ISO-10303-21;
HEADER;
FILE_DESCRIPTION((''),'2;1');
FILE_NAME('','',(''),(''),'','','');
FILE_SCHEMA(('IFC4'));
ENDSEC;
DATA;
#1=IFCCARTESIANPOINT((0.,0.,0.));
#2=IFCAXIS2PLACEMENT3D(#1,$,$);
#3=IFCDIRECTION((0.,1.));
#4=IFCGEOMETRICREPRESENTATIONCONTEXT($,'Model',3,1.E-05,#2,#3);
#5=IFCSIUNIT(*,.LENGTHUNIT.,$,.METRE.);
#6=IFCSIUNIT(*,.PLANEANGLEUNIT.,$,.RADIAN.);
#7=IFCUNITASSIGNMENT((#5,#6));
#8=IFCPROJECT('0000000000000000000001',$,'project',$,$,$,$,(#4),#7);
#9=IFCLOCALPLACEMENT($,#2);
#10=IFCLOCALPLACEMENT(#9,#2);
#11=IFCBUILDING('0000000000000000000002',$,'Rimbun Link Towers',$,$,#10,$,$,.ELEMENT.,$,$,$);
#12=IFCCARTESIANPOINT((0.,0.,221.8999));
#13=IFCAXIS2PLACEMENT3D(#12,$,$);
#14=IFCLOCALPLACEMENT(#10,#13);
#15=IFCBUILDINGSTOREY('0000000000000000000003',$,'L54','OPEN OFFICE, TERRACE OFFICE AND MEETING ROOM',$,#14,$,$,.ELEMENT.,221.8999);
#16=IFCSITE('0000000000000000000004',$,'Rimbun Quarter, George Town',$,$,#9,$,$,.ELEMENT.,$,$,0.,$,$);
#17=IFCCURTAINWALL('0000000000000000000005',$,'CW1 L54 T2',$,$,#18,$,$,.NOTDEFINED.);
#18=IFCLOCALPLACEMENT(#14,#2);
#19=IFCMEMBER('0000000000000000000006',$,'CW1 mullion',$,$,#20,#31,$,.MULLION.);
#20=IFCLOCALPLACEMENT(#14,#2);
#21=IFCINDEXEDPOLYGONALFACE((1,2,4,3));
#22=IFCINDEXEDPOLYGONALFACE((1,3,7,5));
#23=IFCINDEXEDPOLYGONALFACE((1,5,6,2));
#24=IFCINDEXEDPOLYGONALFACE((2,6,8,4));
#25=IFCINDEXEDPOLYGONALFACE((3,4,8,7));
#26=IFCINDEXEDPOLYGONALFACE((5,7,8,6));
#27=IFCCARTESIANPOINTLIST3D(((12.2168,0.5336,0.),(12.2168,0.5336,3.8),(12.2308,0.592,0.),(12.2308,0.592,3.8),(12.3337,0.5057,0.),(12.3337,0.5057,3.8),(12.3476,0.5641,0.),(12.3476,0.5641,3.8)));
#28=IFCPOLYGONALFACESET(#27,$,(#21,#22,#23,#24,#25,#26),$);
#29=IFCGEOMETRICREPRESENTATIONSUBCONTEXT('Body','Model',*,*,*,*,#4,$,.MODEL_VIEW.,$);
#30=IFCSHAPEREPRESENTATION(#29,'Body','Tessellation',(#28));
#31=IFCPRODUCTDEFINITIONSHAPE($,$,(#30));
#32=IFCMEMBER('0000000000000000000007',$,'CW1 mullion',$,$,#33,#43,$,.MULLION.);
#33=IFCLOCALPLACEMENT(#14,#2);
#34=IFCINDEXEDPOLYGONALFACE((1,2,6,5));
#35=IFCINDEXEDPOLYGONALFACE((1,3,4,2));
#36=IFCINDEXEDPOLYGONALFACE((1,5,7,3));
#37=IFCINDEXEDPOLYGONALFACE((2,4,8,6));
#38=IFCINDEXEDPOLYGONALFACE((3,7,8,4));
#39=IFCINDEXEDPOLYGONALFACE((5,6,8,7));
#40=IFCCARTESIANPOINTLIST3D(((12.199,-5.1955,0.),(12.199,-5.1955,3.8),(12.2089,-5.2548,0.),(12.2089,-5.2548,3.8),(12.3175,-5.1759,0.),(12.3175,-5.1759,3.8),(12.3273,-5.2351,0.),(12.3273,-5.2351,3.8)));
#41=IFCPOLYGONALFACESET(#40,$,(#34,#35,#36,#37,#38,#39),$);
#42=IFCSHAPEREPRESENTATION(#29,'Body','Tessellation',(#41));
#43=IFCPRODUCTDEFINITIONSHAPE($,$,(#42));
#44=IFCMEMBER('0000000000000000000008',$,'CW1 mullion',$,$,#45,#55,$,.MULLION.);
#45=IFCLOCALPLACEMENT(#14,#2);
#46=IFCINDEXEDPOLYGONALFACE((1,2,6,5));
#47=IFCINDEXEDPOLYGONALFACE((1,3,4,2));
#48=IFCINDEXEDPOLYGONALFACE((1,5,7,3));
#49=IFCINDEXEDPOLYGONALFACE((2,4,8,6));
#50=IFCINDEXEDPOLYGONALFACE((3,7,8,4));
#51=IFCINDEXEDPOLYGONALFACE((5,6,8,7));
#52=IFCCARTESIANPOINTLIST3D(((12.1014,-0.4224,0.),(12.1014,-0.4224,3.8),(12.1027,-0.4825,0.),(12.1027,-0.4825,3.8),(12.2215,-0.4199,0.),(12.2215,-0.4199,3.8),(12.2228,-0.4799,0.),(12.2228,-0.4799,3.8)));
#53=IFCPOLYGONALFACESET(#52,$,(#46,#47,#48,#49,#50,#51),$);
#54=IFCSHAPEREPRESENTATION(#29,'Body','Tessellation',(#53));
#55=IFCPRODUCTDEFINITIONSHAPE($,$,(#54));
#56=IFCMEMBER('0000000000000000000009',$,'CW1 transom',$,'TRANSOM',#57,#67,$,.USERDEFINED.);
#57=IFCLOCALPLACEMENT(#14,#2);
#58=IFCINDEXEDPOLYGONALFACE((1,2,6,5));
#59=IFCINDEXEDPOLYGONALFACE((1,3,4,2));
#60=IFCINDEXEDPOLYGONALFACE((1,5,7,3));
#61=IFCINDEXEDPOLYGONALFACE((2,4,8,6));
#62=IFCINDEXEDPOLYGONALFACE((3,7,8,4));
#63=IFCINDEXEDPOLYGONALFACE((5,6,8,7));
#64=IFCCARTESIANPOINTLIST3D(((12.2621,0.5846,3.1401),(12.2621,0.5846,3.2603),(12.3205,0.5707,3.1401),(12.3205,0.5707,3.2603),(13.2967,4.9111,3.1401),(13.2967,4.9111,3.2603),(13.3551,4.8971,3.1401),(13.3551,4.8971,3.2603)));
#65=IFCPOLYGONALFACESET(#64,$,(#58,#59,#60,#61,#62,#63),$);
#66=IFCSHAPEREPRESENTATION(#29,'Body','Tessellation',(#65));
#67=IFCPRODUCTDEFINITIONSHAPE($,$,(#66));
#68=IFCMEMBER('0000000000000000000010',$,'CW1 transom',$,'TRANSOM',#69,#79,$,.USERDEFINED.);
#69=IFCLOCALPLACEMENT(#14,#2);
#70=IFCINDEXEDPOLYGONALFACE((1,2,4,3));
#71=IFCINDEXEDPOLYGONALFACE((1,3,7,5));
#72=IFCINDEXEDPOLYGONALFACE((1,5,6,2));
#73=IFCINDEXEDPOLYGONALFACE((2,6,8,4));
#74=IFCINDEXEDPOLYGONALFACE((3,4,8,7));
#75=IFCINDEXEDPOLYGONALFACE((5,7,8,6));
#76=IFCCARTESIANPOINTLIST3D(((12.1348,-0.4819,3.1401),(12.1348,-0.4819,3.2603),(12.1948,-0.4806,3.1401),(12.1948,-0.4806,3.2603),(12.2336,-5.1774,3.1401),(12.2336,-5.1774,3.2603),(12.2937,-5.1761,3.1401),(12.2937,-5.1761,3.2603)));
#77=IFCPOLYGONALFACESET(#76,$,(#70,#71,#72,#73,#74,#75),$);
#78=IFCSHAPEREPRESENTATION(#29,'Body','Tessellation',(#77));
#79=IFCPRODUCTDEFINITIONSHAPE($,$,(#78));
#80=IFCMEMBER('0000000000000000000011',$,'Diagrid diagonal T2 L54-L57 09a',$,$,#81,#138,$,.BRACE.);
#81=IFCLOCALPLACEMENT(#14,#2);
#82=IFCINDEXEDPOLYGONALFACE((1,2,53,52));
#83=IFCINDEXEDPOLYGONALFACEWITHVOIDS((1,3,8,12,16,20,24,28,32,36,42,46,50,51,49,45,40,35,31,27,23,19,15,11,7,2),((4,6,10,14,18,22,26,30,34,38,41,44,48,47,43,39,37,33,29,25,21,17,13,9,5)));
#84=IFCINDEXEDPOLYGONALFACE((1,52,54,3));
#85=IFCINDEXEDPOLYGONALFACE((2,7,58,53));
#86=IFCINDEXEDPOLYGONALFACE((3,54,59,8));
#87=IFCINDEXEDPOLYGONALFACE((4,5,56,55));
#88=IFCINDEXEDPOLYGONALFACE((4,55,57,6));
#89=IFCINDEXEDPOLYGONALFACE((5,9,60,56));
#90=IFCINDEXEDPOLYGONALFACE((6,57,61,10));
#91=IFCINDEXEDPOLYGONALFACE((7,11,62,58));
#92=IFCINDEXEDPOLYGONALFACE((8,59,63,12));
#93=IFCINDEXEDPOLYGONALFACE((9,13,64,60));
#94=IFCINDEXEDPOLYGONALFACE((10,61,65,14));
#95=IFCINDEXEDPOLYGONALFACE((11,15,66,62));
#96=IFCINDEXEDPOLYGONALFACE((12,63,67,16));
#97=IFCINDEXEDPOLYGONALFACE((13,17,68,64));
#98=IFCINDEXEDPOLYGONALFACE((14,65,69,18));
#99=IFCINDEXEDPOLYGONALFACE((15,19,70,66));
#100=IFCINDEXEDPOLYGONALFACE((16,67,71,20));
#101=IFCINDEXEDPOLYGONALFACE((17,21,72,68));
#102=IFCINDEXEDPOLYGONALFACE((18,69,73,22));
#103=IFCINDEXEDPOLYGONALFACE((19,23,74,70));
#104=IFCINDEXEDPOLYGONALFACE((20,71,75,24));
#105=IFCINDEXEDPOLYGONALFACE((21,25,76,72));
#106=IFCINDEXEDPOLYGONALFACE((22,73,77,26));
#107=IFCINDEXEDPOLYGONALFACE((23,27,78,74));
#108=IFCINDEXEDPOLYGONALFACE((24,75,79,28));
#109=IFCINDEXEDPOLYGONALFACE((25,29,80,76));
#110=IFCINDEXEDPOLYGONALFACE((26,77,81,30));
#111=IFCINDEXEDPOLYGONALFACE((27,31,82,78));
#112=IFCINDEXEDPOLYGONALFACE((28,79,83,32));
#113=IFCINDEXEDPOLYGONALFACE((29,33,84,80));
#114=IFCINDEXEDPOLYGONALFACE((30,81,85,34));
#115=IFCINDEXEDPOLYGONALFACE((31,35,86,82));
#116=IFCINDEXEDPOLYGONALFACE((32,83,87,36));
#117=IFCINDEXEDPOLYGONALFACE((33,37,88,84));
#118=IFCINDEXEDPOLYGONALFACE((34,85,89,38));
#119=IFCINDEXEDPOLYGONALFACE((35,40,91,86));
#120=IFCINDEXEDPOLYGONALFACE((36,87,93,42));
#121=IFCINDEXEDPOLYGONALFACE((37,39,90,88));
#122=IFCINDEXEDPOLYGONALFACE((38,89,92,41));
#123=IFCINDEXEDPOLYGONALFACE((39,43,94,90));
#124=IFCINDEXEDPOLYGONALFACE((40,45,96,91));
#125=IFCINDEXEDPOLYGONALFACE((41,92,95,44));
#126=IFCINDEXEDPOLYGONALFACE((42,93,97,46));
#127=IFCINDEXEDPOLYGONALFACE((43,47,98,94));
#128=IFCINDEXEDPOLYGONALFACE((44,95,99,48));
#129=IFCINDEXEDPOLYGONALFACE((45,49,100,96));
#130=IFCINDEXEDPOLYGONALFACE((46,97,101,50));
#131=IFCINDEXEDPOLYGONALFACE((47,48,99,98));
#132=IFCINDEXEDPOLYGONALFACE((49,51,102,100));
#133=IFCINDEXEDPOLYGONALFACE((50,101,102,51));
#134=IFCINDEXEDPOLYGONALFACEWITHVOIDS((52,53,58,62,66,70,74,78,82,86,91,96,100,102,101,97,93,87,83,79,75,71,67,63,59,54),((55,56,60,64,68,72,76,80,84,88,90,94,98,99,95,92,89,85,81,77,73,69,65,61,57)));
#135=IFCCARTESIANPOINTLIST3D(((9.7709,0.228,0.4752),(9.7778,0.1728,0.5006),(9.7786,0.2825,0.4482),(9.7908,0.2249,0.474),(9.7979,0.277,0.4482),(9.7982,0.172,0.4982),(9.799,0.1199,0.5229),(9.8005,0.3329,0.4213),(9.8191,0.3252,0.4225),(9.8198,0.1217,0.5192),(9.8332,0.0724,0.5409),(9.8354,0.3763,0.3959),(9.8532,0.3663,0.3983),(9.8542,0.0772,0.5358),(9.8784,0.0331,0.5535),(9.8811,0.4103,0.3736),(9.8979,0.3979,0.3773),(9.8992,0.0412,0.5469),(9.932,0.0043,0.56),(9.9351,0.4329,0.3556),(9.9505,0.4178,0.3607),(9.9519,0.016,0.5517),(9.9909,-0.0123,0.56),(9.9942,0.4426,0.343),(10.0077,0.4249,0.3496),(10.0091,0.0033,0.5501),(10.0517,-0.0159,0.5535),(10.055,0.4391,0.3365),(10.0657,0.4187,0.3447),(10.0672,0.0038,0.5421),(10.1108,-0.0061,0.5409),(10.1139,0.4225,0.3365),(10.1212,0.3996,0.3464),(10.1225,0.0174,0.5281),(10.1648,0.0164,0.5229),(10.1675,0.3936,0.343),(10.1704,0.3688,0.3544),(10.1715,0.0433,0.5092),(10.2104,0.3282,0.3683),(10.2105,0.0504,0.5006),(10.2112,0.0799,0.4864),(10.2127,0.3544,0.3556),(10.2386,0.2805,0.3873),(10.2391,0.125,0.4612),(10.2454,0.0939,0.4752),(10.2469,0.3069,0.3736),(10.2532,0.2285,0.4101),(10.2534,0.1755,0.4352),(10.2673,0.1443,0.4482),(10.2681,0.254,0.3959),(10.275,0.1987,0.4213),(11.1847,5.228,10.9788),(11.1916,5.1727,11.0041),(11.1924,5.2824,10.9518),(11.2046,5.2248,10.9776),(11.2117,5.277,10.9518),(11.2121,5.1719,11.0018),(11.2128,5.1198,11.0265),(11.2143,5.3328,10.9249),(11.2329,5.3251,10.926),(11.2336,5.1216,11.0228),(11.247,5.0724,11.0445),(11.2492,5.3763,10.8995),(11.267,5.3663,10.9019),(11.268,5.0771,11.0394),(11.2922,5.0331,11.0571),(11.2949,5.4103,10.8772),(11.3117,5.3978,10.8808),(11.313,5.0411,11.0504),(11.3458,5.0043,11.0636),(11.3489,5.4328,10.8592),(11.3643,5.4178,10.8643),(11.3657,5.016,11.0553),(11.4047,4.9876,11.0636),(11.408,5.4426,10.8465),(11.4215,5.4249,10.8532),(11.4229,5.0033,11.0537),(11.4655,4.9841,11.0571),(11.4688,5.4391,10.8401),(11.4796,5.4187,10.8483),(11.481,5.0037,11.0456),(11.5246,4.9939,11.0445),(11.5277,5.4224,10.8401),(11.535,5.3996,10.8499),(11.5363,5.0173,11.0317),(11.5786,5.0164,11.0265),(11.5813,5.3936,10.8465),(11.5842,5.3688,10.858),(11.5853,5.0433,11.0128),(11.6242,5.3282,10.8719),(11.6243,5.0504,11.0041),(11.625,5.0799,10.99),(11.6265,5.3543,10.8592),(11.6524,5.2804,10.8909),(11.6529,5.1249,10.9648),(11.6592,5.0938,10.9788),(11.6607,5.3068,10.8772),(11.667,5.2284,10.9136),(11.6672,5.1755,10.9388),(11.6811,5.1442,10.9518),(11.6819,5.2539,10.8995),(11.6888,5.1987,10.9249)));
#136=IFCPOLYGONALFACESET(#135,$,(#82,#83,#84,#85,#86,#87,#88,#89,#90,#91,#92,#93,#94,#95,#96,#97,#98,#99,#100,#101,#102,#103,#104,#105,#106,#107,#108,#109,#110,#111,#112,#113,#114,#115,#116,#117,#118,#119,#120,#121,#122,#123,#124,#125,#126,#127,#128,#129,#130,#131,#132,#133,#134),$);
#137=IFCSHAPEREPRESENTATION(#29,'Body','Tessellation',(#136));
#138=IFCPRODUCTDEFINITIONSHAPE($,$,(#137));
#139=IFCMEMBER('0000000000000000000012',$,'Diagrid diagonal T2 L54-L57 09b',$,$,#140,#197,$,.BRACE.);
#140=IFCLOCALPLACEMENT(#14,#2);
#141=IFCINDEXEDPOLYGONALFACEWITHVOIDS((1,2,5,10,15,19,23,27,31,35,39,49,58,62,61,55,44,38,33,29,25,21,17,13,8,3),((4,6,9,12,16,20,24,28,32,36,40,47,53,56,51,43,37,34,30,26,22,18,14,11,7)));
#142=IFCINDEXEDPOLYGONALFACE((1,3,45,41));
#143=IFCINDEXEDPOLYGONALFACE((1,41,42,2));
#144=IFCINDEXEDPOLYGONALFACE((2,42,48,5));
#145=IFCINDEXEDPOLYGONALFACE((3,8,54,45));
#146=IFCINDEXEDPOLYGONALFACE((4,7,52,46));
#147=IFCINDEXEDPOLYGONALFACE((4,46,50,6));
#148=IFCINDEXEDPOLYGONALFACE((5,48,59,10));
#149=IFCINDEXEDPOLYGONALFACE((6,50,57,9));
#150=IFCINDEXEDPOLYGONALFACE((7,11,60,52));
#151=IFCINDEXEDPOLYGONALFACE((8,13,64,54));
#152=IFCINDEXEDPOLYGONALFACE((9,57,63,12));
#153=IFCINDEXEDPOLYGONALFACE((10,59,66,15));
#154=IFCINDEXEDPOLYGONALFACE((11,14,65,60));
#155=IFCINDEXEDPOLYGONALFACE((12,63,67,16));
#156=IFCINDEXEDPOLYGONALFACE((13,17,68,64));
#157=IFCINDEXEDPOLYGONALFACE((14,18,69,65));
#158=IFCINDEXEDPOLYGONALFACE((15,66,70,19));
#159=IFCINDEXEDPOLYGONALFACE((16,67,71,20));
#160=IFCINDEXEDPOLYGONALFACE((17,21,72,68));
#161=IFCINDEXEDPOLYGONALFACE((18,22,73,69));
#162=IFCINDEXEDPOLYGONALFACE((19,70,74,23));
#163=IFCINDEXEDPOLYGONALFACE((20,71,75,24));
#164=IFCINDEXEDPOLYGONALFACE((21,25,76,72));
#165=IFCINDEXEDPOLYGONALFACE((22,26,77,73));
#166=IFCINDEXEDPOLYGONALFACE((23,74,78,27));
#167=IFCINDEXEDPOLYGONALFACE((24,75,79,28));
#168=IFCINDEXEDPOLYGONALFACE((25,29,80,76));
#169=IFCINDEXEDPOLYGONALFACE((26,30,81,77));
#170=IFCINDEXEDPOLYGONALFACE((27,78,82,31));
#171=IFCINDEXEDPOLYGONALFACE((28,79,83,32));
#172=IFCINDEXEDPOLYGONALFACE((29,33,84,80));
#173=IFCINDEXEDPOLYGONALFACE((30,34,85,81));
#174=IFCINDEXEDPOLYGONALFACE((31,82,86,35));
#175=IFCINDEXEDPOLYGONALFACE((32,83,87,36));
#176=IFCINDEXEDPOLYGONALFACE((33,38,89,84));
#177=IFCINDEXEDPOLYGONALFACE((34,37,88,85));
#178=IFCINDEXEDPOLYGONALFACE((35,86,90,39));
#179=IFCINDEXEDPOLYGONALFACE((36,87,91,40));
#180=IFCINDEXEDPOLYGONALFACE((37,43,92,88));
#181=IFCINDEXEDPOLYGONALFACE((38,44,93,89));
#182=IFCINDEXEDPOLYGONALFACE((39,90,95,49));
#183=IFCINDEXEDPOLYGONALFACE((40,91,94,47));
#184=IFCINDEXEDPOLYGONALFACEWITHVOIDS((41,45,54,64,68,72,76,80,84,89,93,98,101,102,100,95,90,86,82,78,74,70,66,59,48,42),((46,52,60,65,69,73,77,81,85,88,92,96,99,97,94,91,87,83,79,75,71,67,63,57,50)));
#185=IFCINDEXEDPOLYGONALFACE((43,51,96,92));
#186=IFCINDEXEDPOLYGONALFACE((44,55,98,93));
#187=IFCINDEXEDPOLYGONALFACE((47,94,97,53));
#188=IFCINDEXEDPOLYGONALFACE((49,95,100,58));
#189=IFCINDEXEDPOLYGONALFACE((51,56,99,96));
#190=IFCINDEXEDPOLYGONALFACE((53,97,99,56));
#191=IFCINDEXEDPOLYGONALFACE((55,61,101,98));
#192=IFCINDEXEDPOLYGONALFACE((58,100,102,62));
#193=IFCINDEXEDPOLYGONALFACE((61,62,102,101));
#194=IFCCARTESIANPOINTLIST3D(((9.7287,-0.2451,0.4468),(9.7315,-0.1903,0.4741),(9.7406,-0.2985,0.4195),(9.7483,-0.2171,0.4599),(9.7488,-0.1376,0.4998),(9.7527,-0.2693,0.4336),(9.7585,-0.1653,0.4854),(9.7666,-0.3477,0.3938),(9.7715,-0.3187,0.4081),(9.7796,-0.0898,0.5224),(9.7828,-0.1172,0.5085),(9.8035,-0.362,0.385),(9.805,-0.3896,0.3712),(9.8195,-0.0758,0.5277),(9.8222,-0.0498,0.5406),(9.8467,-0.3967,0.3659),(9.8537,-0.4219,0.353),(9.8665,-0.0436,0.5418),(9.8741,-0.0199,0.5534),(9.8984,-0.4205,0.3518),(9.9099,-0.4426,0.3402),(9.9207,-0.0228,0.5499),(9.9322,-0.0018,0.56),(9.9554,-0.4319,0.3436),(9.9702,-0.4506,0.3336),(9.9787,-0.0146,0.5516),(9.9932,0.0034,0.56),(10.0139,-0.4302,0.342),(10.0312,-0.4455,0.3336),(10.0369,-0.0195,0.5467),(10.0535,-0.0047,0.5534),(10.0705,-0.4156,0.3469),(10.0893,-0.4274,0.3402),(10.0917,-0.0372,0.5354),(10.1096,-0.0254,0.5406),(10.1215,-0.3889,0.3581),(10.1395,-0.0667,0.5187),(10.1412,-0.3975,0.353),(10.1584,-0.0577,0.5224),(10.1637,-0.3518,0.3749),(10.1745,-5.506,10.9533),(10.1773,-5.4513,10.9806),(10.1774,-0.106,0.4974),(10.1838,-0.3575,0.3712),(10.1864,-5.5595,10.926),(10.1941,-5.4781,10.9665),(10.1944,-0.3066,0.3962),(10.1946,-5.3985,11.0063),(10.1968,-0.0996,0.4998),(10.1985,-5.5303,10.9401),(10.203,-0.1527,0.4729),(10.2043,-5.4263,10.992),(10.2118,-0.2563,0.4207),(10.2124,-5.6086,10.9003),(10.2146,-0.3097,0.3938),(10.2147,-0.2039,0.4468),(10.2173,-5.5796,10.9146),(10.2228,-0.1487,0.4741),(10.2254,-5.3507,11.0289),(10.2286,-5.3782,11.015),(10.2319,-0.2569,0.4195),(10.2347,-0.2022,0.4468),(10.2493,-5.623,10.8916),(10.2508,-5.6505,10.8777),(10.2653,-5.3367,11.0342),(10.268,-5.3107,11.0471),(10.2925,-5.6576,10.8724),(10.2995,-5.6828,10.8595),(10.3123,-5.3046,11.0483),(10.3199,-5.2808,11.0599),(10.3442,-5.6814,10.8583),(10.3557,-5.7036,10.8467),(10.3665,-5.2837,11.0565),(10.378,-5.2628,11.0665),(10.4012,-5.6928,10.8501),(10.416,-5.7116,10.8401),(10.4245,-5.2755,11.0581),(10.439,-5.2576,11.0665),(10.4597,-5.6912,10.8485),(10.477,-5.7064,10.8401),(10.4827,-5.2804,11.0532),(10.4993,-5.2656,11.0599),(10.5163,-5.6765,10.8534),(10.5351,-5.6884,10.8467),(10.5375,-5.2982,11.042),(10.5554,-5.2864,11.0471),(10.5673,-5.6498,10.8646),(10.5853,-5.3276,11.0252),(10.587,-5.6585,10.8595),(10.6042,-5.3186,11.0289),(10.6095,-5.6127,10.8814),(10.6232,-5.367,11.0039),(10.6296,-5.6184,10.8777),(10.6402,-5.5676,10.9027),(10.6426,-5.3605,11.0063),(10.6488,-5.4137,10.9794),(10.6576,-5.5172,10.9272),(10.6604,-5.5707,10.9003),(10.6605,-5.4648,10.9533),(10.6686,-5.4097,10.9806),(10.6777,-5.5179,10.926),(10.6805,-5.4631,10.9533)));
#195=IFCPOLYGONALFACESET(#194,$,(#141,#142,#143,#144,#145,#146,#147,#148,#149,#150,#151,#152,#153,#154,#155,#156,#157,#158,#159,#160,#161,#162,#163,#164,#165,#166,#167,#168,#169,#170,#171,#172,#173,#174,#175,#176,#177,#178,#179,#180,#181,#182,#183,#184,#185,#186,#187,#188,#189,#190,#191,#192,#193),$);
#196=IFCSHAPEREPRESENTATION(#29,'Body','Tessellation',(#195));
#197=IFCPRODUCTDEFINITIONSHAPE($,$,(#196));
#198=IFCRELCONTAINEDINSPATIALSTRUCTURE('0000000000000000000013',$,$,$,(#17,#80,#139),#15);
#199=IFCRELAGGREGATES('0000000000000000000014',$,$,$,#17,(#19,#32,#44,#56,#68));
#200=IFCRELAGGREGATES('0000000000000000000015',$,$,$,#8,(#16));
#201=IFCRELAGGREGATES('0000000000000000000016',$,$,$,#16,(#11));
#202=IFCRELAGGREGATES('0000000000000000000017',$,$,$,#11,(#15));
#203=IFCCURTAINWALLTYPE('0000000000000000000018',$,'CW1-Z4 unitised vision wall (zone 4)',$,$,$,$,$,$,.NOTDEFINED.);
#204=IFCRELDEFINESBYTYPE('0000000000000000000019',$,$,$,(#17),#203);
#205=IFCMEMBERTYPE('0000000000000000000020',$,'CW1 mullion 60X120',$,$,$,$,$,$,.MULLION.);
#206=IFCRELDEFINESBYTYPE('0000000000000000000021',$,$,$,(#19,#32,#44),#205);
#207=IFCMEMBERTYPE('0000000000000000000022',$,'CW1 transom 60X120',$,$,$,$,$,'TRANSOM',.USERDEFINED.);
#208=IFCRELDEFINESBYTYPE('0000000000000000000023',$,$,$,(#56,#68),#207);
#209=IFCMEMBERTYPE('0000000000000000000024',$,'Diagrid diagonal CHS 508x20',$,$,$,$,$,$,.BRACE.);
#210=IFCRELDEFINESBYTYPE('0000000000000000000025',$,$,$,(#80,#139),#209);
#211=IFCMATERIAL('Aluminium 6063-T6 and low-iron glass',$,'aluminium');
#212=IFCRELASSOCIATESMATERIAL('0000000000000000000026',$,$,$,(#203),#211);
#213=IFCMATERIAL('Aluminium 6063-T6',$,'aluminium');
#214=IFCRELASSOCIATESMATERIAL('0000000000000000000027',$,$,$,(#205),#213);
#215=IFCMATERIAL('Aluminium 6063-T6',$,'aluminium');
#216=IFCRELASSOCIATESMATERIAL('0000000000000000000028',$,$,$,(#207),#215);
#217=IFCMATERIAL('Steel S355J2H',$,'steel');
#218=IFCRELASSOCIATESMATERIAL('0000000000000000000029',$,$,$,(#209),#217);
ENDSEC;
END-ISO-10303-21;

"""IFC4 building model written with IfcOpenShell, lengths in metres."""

from ifc_helpers import new_model, si_unit, direction, frame, origin, origin_2d, place, context, subcontext, project, spatial, rectangle, hollow_circle, extrude, material, material_profile, profile_set, type_object, element, aggregate, save


model = new_model("IFC4")

# Units and contexts
model_context = context("Model", 3, precision=1e-05, world=origin(), true_north=direction((0.0, 1.0)))
body_context = subcontext(model_context, "Body", "Model", "MODEL_VIEW")
ifc_project = project(units=[si_unit("LENGTHUNIT", "METRE"), si_unit("PLANEANGLEUNIT", "RADIAN")], contexts=[model_context])

# Site, building, storey
site_placement = place(None, origin())
site = spatial("IfcSite", under=ifc_project, at=site_placement, Name="Rimbun Quarter, George Town", CompositionType="ELEMENT", RefElevation=0.0)
building_placement = place(site_placement, origin())
building = spatial("IfcBuilding", under=site, at=building_placement, Name="Rimbun Link Towers", CompositionType="ELEMENT")
storey_placement = place(building_placement, frame((0.0, 0.0, 221.8999)))
storey = spatial("IfcBuildingStorey", under=building, at=storey_placement, Name="L54", Description="OPEN OFFICE, TERRACE OFFICE AND MEETING ROOM", CompositionType="ELEMENT", Elevation=221.8999)

# Curtain wall, members
ifc_material_1 = material(Name="Aluminium 6063-T6 and low-iron glass", Category="aluminium")
curtain_wall_type = type_object("IfcCurtainWallType", Name="CW1-Z4 unitised vision wall (zone 4)", PredefinedType="NOTDEFINED", material=ifc_material_1)
curtain_wall_placement = place(storey_placement, origin())
curtain_wall = element("IfcCurtainWall", 1, at=curtain_wall_placement, inside=storey, type_object=curtain_wall_type, Name="CW1 L54 T2", PredefinedType="NOTDEFINED")
ifc_material_2 = material(Name="Aluminium 6063-T6", Category="aluminium")
ifc_material_profile_1 = material_profile(ifc_material_2, rectangle(XDim=0.1201, YDim=0.0601, at=origin_2d()), Name="MULLION 60X120")
ifc_profile_set_1 = profile_set([ifc_material_profile_1], Name="Aluminium 6063-T6")
member_type_1 = type_object("IfcMemberType", Name="CW1 mullion 60X120", PredefinedType="MULLION", material=ifc_profile_set_1)
member_1_placement = place(storey_placement, frame((12.2822, 0.5488, 0.0), z_axis=(0.0, 0.0, 1.0), x_axis=(-0.972572, 0.232601, 0.0)))
member_1 = element("IfcMember", 2, at=member_1_placement, type_object=member_type_1, Name="CW1 mullion", PredefinedType="MULLION", context=body_context, shape_type="SweptSolid", body=[
    extrude(rectangle(XDim=0.1201, YDim=0.0601, at=origin_2d()), origin(), (0.0, 0.0, 1.0), 3.8),
])
member_2_placement = place(storey_placement, frame((12.2632, -5.2153, 0.0), z_axis=(0.0, 0.0, 1.0), x_axis=(-0.986503, -0.163742, 0.0)))
member_2 = element("IfcMember", 3, at=member_2_placement, type_object=member_type_1, Name="CW1 mullion", PredefinedType="MULLION", context=body_context, shape_type="SweptSolid", body=[
    extrude(rectangle(XDim=0.1201, YDim=0.0601, at=origin_2d()), origin(), (0.0, 0.0, 1.0), 3.8),
])
member_3_placement = place(storey_placement, frame((12.1621, -0.4512, 0.0), z_axis=(0.0, 0.0, 1.0), x_axis=(-0.999778, -0.021069, 0.0)))
member_3 = element("IfcMember", 4, at=member_3_placement, type_object=member_type_1, Name="CW1 mullion", PredefinedType="MULLION", context=body_context, shape_type="SweptSolid", body=[
    extrude(rectangle(XDim=0.1201, YDim=0.0601, at=origin_2d()), origin(), (0.0, 0.0, 1.0), 3.8),
])
ifc_material_3 = material(Name="Aluminium 6063-T6", Category="aluminium")
ifc_material_profile_2 = material_profile(ifc_material_3, rectangle(XDim=0.0601, YDim=0.1201, at=origin_2d()), Name="TRANSOM 60X120")
ifc_profile_set_2 = profile_set([ifc_material_profile_2], Name="Aluminium 6063-T6")
member_type_2 = type_object("IfcMemberType", Name="CW1 transom 60X120", ElementType="TRANSOM", PredefinedType="USERDEFINED", material=ifc_profile_set_2)
member_4_placement = place(storey_placement, frame((12.2913, 0.5776, 3.2002), z_axis=(0.232592, 0.972574, 0.0), x_axis=(-0.972574, 0.232592, 0.0)))
member_4 = element("IfcMember", 5, at=member_4_placement, type_object=member_type_2, Name="CW1 transom", ObjectType="TRANSOM", PredefinedType="USERDEFINED", context=body_context, shape_type="SweptSolid", body=[
    extrude(rectangle(XDim=0.0601, YDim=0.1201, at=origin_2d()), origin(), (0.0, 0.0, 1.0), 4.4485),
])
member_5_placement = place(storey_placement, frame((12.2637, -5.1768, 3.2002), z_axis=(-0.021053, 0.999778, 0.0), x_axis=(-0.999778, -0.021053, 0.0)))
member_5 = element("IfcMember", 6, at=member_5_placement, type_object=member_type_2, Name="CW1 transom", ObjectType="TRANSOM", PredefinedType="USERDEFINED", context=body_context, shape_type="SweptSolid", body=[
    extrude(rectangle(XDim=0.0601, YDim=0.1201, at=origin_2d()), origin(), (0.0, 0.0, 1.0), 4.6965),
])

# Members
ifc_material_4 = material(Name="Steel S355J2H", Category="steel")
ifc_material_profile_3 = material_profile(ifc_material_4, hollow_circle(Radius=0.2539, WallThickness=0.02, at=origin_2d()), Name="Diagrid diagonal CHS 508x20")
ifc_profile_set_3 = profile_set([ifc_material_profile_3], Name="Steel S355J2H")
member_type_3 = type_object("IfcMemberType", Name="Diagrid diagonal CHS 508x20", PredefinedType="BRACE", material=ifc_profile_set_3)
member_6_placement = place(storey_placement, frame((10.0229, 0.2134, 0.4482), z_axis=(0.120647, 0.426672, 0.896323), x_axis=(-0.96227, 0.272095, 0.0)))
element("IfcMember", 7, at=member_6_placement, inside=storey, type_object=member_type_3, Name="Diagrid diagonal T2 L54-L57 09a", PredefinedType="BRACE", context=body_context, shape_type="SweptSolid", body=[
    extrude(hollow_circle(Radius=0.2539, WallThickness=0.02, at=origin_2d()), origin(), (0.0, 0.0, 1.0), 11.7185),
])
member_7_placement = place(storey_placement, frame((9.9817, -0.2236, 0.4468), z_axis=(0.037913, -0.447415, 0.893522), x_axis=(0.996429, 0.084435, 0.0)))
element("IfcMember", 8, at=member_7_placement, inside=storey, type_object=member_type_3, Name="Diagrid diagonal T2 L54-L57 09b", PredefinedType="BRACE", context=body_context, shape_type="SweptSolid", body=[
    extrude(hollow_circle(Radius=0.2539, WallThickness=0.02, at=origin_2d()), origin(), (0.0, 0.0, 1.0), 11.7585),
])

aggregate(curtain_wall, [member_1, member_2, member_3, member_4, member_5])

save(model, "model.ifc")
